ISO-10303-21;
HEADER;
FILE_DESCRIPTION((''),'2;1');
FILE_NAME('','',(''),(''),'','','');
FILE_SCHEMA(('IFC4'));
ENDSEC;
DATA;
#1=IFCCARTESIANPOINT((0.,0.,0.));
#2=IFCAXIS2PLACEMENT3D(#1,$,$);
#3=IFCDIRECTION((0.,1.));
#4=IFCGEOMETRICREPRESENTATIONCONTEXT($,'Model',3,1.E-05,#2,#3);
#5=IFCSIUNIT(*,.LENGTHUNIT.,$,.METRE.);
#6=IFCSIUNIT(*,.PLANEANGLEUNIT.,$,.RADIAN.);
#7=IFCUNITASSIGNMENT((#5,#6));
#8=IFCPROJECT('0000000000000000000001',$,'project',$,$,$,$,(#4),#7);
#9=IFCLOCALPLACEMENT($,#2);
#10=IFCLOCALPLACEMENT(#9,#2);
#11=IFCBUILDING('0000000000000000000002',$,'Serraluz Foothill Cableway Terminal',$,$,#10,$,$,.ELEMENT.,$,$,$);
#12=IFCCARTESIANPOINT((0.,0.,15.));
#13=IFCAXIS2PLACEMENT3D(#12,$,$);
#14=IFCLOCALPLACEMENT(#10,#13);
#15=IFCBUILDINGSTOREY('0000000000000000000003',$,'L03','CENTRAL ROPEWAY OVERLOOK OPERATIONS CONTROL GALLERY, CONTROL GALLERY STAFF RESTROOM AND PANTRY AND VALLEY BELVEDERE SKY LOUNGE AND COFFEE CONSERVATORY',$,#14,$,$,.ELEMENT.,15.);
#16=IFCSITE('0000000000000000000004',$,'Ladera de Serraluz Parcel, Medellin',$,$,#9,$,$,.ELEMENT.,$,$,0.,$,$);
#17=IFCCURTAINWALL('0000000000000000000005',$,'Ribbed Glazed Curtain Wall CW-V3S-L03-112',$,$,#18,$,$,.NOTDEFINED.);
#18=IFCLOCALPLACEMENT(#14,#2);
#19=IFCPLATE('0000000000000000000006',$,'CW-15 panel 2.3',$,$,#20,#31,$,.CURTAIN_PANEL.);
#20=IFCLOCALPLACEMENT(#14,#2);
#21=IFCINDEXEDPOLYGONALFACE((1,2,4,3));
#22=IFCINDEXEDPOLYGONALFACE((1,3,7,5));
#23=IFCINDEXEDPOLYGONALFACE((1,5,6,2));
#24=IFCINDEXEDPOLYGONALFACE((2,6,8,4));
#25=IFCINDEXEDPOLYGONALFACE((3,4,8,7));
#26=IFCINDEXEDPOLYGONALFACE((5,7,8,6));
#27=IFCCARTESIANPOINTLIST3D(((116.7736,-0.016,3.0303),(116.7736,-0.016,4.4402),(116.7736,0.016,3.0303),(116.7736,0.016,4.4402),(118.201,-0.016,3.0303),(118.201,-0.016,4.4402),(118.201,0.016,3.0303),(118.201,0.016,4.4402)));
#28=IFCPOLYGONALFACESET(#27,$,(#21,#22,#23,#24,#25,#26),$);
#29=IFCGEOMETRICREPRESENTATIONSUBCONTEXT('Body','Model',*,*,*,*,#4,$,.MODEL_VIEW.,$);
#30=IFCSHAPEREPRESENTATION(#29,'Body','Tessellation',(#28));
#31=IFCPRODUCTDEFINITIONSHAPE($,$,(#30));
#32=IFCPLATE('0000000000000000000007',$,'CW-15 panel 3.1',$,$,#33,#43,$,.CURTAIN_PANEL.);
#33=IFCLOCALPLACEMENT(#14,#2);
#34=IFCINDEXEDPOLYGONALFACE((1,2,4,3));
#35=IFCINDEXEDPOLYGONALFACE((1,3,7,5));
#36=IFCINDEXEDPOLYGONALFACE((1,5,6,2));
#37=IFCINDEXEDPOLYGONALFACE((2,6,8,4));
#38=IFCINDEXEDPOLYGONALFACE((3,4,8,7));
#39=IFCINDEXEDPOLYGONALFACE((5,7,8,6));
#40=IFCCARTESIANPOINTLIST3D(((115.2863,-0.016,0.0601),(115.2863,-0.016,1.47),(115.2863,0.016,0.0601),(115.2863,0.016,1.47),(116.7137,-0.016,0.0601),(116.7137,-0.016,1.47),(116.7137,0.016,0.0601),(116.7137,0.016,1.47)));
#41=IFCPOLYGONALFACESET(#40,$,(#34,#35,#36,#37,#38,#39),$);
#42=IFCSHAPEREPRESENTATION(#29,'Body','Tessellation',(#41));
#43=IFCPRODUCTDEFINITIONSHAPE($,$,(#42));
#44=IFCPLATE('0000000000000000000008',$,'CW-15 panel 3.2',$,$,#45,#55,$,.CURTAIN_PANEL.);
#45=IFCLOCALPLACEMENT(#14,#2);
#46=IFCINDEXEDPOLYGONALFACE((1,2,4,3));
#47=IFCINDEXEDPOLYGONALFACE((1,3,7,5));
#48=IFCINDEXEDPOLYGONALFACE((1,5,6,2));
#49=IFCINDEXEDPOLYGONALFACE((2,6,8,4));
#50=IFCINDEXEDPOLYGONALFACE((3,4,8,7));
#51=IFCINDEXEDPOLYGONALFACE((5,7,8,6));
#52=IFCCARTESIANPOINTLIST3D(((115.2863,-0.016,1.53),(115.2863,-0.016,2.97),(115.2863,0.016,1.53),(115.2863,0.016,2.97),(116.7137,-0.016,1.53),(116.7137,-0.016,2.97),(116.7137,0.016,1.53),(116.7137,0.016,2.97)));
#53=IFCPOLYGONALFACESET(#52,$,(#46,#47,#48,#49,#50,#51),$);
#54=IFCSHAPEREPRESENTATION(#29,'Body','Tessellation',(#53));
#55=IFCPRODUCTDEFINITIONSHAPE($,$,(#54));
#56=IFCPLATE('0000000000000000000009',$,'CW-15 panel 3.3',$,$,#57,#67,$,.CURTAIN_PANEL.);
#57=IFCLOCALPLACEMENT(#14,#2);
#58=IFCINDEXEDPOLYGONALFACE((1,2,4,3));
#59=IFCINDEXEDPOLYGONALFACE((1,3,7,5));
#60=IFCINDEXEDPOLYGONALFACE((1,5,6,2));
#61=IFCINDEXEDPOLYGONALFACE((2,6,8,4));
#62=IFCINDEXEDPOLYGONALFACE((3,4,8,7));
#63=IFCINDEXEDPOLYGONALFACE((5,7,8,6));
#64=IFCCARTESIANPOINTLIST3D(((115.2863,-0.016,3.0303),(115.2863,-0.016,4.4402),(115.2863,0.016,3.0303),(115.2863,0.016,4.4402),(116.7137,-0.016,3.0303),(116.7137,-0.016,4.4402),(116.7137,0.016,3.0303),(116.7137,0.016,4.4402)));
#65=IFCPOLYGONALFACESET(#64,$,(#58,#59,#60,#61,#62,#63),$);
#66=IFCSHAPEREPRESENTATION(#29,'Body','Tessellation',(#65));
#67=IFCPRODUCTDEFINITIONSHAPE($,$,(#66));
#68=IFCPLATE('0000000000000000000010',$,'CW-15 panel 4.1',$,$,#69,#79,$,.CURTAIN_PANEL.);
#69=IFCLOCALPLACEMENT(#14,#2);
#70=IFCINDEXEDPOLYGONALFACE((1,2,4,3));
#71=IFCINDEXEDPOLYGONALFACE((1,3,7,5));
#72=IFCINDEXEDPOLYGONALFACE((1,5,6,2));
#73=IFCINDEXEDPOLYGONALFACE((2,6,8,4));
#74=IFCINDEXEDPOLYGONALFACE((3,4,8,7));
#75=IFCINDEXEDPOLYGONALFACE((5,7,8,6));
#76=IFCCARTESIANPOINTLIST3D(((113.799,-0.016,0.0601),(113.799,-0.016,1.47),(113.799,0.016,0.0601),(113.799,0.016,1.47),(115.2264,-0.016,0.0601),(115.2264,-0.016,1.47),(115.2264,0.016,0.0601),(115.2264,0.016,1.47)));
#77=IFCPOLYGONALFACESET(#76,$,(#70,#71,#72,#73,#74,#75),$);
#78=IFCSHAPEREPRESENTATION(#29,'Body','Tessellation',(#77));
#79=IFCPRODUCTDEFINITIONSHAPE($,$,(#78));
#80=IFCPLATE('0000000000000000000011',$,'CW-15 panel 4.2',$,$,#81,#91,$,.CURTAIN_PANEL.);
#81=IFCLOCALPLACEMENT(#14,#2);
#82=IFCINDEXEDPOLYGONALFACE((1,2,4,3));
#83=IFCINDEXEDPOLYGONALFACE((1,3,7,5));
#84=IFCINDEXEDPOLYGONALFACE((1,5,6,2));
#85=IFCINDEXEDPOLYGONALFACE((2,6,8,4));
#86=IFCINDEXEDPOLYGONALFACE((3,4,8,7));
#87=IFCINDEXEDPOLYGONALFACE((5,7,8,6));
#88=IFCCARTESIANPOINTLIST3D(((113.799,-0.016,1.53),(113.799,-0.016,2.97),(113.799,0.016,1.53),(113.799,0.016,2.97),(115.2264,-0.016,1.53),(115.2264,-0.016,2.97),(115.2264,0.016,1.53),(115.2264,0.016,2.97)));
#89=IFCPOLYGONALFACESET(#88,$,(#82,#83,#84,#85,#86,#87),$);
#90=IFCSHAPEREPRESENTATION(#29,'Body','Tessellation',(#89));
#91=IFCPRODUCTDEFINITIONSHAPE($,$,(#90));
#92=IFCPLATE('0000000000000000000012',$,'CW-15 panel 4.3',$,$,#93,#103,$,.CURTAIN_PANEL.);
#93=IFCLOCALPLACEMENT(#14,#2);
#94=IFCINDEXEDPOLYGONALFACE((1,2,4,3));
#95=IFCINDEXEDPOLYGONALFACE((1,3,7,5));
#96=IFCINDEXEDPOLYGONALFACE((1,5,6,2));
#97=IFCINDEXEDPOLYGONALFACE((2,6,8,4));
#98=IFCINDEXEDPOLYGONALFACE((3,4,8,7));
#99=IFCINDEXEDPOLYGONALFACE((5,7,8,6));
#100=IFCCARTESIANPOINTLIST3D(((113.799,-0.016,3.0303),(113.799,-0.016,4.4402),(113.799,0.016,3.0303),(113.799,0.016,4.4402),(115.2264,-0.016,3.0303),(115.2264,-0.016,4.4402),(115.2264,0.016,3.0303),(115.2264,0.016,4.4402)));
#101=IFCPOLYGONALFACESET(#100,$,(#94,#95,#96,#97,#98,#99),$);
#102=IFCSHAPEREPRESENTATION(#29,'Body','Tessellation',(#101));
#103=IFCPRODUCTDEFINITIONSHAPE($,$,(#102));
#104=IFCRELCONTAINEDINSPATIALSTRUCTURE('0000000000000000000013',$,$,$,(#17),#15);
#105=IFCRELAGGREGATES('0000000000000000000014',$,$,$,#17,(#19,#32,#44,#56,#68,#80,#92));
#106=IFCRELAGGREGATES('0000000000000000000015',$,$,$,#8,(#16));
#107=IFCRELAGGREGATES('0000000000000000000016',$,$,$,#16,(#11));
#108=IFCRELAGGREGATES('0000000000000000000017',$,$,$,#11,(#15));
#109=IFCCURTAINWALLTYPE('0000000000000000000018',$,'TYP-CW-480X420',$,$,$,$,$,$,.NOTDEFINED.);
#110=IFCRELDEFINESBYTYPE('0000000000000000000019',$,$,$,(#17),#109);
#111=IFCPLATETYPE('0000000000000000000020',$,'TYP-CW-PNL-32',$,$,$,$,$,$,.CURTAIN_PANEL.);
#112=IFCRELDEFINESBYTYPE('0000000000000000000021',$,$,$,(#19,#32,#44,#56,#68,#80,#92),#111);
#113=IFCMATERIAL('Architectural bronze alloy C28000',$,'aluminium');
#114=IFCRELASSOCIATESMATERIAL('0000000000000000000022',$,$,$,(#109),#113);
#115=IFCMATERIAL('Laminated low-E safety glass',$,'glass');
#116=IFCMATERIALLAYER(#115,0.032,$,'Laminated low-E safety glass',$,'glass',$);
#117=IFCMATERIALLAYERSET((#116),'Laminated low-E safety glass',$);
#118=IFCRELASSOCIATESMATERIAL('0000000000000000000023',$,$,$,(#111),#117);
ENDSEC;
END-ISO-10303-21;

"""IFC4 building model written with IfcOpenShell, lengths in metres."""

from ifc_helpers import new_model, si_unit, direction, frame, origin, origin_2d, place, context, subcontext, project, spatial, rectangle, extrude, material, layer, layer_set, type_object, element, aggregate, save


model = new_model("IFC4")

# Units and contexts
model_context = context("Model", 3, precision=1e-05, world=origin(), true_north=direction((0.0, 1.0)))
body_context = subcontext(model_context, "Body", "Model", "MODEL_VIEW")
ifc_project = project(units=[si_unit("LENGTHUNIT", "METRE"), si_unit("PLANEANGLEUNIT", "RADIAN")], contexts=[model_context])

# Site, building, storey
site_placement = place(None, origin())
site = spatial("IfcSite", under=ifc_project, at=site_placement, Name="Ladera de Serraluz Parcel, Medellin", CompositionType="ELEMENT", RefElevation=0.0)
building_placement = place(site_placement, origin())
building = spatial("IfcBuilding", under=site, at=building_placement, Name="Serraluz Foothill Cableway Terminal", CompositionType="ELEMENT")
storey_placement = place(building_placement, frame((0.0, 0.0, 15.0)))
storey = spatial("IfcBuildingStorey", under=building, at=storey_placement, Name="L03", Description="CENTRAL ROPEWAY OVERLOOK OPERATIONS CONTROL GALLERY, CONTROL GALLERY STAFF RESTROOM AND PANTRY AND VALLEY BELVEDERE SKY LOUNGE AND COFFEE CONSERVATORY", CompositionType="ELEMENT", Elevation=15.0)

# Curtain wall, plates
ifc_material_1 = material(Name="Architectural bronze alloy C28000", Category="aluminium")
curtain_wall_type = type_object("IfcCurtainWallType", Name="TYP-CW-480X420", PredefinedType="NOTDEFINED", material=ifc_material_1)
curtain_wall_placement = place(storey_placement, origin())
curtain_wall = element("IfcCurtainWall", 1, at=curtain_wall_placement, inside=storey, type_object=curtain_wall_type, Name="Ribbed Glazed Curtain Wall CW-V3S-L03-112", PredefinedType="NOTDEFINED")
ifc_material_2 = material(Name="Laminated low-E safety glass", Category="glass")
ifc_layer = layer(ifc_material_2, 0.032, Name="Laminated low-E safety glass", Category="glass")
ifc_layer_set = layer_set([ifc_layer], Name="Laminated low-E safety glass")
plate_type = type_object("IfcPlateType", Name="TYP-CW-PNL-32", PredefinedType="CURTAIN_PANEL", material=ifc_layer_set)
plate_1_placement = place(storey_placement, frame((117.4873, 0.0, 3.0303), z_axis=(0.0, 0.0, 1.0), x_axis=(-1.0, 0.0, 0.0)))
plate_1 = element("IfcPlate", 2, at=plate_1_placement, type_object=plate_type, Name="CW-15 panel 2.3", PredefinedType="CURTAIN_PANEL", context=body_context, shape_type="SweptSolid", body=[
    extrude(rectangle(XDim=1.4275, YDim=0.032, at=origin_2d()), origin(), (0.0, 0.0, 1.0), 1.4099),
])
plate_2_placement = place(storey_placement, frame((116.0, 0.0, 0.0601), z_axis=(0.0, 0.0, 1.0), x_axis=(-1.0, 0.0, 0.0)))
plate_2 = element("IfcPlate", 3, at=plate_2_placement, type_object=plate_type, Name="CW-15 panel 3.1", PredefinedType="CURTAIN_PANEL", context=body_context, shape_type="SweptSolid", body=[
    extrude(rectangle(XDim=1.4275, YDim=0.032, at=origin_2d()), origin(), (0.0, 0.0, 1.0), 1.4099),
])
plate_3_placement = place(storey_placement, frame((116.0, 0.0, 1.53), z_axis=(0.0, 0.0, 1.0), x_axis=(-1.0, 0.0, 0.0)))
plate_3 = element("IfcPlate", 4, at=plate_3_placement, type_object=plate_type, Name="CW-15 panel 3.2", PredefinedType="CURTAIN_PANEL", context=body_context, shape_type="SweptSolid", body=[
    extrude(rectangle(XDim=1.4275, YDim=0.032, at=origin_2d()), origin(), (0.0, 0.0, 1.0), 1.4399),
])
plate_4_placement = place(storey_placement, frame((116.0, 0.0, 3.0303), z_axis=(0.0, 0.0, 1.0), x_axis=(-1.0, 0.0, 0.0)))
plate_4 = element("IfcPlate", 5, at=plate_4_placement, type_object=plate_type, Name="CW-15 panel 3.3", PredefinedType="CURTAIN_PANEL", context=body_context, shape_type="SweptSolid", body=[
    extrude(rectangle(XDim=1.4275, YDim=0.032, at=origin_2d()), origin(), (0.0, 0.0, 1.0), 1.4099),
])
plate_5_placement = place(storey_placement, frame((114.5127, 0.0, 0.0601), z_axis=(0.0, 0.0, 1.0), x_axis=(-1.0, 0.0, 0.0)))
plate_5 = element("IfcPlate", 6, at=plate_5_placement, type_object=plate_type, Name="CW-15 panel 4.1", PredefinedType="CURTAIN_PANEL", context=body_context, shape_type="SweptSolid", body=[
    extrude(rectangle(XDim=1.4275, YDim=0.032, at=origin_2d()), origin(), (0.0, 0.0, 1.0), 1.4099),
])
plate_6_placement = place(storey_placement, frame((114.5127, 0.0, 1.53), z_axis=(0.0, 0.0, 1.0), x_axis=(-1.0, 0.0, 0.0)))
plate_6 = element("IfcPlate", 7, at=plate_6_placement, type_object=plate_type, Name="CW-15 panel 4.2", PredefinedType="CURTAIN_PANEL", context=body_context, shape_type="SweptSolid", body=[
    extrude(rectangle(XDim=1.4275, YDim=0.032, at=origin_2d()), origin(), (0.0, 0.0, 1.0), 1.4399),
])
plate_7_placement = place(storey_placement, frame((114.5127, 0.0, 3.0303), z_axis=(0.0, 0.0, 1.0), x_axis=(-1.0, 0.0, 0.0)))
plate_7 = element("IfcPlate", 8, at=plate_7_placement, type_object=plate_type, Name="CW-15 panel 4.3", PredefinedType="CURTAIN_PANEL", context=body_context, shape_type="SweptSolid", body=[
    extrude(rectangle(XDim=1.4275, YDim=0.032, at=origin_2d()), origin(), (0.0, 0.0, 1.0), 1.4099),
])
aggregate(curtain_wall, [plate_1, plate_2, plate_3, plate_4, plate_5, plate_6, plate_7])

save(model, "model.ifc")
